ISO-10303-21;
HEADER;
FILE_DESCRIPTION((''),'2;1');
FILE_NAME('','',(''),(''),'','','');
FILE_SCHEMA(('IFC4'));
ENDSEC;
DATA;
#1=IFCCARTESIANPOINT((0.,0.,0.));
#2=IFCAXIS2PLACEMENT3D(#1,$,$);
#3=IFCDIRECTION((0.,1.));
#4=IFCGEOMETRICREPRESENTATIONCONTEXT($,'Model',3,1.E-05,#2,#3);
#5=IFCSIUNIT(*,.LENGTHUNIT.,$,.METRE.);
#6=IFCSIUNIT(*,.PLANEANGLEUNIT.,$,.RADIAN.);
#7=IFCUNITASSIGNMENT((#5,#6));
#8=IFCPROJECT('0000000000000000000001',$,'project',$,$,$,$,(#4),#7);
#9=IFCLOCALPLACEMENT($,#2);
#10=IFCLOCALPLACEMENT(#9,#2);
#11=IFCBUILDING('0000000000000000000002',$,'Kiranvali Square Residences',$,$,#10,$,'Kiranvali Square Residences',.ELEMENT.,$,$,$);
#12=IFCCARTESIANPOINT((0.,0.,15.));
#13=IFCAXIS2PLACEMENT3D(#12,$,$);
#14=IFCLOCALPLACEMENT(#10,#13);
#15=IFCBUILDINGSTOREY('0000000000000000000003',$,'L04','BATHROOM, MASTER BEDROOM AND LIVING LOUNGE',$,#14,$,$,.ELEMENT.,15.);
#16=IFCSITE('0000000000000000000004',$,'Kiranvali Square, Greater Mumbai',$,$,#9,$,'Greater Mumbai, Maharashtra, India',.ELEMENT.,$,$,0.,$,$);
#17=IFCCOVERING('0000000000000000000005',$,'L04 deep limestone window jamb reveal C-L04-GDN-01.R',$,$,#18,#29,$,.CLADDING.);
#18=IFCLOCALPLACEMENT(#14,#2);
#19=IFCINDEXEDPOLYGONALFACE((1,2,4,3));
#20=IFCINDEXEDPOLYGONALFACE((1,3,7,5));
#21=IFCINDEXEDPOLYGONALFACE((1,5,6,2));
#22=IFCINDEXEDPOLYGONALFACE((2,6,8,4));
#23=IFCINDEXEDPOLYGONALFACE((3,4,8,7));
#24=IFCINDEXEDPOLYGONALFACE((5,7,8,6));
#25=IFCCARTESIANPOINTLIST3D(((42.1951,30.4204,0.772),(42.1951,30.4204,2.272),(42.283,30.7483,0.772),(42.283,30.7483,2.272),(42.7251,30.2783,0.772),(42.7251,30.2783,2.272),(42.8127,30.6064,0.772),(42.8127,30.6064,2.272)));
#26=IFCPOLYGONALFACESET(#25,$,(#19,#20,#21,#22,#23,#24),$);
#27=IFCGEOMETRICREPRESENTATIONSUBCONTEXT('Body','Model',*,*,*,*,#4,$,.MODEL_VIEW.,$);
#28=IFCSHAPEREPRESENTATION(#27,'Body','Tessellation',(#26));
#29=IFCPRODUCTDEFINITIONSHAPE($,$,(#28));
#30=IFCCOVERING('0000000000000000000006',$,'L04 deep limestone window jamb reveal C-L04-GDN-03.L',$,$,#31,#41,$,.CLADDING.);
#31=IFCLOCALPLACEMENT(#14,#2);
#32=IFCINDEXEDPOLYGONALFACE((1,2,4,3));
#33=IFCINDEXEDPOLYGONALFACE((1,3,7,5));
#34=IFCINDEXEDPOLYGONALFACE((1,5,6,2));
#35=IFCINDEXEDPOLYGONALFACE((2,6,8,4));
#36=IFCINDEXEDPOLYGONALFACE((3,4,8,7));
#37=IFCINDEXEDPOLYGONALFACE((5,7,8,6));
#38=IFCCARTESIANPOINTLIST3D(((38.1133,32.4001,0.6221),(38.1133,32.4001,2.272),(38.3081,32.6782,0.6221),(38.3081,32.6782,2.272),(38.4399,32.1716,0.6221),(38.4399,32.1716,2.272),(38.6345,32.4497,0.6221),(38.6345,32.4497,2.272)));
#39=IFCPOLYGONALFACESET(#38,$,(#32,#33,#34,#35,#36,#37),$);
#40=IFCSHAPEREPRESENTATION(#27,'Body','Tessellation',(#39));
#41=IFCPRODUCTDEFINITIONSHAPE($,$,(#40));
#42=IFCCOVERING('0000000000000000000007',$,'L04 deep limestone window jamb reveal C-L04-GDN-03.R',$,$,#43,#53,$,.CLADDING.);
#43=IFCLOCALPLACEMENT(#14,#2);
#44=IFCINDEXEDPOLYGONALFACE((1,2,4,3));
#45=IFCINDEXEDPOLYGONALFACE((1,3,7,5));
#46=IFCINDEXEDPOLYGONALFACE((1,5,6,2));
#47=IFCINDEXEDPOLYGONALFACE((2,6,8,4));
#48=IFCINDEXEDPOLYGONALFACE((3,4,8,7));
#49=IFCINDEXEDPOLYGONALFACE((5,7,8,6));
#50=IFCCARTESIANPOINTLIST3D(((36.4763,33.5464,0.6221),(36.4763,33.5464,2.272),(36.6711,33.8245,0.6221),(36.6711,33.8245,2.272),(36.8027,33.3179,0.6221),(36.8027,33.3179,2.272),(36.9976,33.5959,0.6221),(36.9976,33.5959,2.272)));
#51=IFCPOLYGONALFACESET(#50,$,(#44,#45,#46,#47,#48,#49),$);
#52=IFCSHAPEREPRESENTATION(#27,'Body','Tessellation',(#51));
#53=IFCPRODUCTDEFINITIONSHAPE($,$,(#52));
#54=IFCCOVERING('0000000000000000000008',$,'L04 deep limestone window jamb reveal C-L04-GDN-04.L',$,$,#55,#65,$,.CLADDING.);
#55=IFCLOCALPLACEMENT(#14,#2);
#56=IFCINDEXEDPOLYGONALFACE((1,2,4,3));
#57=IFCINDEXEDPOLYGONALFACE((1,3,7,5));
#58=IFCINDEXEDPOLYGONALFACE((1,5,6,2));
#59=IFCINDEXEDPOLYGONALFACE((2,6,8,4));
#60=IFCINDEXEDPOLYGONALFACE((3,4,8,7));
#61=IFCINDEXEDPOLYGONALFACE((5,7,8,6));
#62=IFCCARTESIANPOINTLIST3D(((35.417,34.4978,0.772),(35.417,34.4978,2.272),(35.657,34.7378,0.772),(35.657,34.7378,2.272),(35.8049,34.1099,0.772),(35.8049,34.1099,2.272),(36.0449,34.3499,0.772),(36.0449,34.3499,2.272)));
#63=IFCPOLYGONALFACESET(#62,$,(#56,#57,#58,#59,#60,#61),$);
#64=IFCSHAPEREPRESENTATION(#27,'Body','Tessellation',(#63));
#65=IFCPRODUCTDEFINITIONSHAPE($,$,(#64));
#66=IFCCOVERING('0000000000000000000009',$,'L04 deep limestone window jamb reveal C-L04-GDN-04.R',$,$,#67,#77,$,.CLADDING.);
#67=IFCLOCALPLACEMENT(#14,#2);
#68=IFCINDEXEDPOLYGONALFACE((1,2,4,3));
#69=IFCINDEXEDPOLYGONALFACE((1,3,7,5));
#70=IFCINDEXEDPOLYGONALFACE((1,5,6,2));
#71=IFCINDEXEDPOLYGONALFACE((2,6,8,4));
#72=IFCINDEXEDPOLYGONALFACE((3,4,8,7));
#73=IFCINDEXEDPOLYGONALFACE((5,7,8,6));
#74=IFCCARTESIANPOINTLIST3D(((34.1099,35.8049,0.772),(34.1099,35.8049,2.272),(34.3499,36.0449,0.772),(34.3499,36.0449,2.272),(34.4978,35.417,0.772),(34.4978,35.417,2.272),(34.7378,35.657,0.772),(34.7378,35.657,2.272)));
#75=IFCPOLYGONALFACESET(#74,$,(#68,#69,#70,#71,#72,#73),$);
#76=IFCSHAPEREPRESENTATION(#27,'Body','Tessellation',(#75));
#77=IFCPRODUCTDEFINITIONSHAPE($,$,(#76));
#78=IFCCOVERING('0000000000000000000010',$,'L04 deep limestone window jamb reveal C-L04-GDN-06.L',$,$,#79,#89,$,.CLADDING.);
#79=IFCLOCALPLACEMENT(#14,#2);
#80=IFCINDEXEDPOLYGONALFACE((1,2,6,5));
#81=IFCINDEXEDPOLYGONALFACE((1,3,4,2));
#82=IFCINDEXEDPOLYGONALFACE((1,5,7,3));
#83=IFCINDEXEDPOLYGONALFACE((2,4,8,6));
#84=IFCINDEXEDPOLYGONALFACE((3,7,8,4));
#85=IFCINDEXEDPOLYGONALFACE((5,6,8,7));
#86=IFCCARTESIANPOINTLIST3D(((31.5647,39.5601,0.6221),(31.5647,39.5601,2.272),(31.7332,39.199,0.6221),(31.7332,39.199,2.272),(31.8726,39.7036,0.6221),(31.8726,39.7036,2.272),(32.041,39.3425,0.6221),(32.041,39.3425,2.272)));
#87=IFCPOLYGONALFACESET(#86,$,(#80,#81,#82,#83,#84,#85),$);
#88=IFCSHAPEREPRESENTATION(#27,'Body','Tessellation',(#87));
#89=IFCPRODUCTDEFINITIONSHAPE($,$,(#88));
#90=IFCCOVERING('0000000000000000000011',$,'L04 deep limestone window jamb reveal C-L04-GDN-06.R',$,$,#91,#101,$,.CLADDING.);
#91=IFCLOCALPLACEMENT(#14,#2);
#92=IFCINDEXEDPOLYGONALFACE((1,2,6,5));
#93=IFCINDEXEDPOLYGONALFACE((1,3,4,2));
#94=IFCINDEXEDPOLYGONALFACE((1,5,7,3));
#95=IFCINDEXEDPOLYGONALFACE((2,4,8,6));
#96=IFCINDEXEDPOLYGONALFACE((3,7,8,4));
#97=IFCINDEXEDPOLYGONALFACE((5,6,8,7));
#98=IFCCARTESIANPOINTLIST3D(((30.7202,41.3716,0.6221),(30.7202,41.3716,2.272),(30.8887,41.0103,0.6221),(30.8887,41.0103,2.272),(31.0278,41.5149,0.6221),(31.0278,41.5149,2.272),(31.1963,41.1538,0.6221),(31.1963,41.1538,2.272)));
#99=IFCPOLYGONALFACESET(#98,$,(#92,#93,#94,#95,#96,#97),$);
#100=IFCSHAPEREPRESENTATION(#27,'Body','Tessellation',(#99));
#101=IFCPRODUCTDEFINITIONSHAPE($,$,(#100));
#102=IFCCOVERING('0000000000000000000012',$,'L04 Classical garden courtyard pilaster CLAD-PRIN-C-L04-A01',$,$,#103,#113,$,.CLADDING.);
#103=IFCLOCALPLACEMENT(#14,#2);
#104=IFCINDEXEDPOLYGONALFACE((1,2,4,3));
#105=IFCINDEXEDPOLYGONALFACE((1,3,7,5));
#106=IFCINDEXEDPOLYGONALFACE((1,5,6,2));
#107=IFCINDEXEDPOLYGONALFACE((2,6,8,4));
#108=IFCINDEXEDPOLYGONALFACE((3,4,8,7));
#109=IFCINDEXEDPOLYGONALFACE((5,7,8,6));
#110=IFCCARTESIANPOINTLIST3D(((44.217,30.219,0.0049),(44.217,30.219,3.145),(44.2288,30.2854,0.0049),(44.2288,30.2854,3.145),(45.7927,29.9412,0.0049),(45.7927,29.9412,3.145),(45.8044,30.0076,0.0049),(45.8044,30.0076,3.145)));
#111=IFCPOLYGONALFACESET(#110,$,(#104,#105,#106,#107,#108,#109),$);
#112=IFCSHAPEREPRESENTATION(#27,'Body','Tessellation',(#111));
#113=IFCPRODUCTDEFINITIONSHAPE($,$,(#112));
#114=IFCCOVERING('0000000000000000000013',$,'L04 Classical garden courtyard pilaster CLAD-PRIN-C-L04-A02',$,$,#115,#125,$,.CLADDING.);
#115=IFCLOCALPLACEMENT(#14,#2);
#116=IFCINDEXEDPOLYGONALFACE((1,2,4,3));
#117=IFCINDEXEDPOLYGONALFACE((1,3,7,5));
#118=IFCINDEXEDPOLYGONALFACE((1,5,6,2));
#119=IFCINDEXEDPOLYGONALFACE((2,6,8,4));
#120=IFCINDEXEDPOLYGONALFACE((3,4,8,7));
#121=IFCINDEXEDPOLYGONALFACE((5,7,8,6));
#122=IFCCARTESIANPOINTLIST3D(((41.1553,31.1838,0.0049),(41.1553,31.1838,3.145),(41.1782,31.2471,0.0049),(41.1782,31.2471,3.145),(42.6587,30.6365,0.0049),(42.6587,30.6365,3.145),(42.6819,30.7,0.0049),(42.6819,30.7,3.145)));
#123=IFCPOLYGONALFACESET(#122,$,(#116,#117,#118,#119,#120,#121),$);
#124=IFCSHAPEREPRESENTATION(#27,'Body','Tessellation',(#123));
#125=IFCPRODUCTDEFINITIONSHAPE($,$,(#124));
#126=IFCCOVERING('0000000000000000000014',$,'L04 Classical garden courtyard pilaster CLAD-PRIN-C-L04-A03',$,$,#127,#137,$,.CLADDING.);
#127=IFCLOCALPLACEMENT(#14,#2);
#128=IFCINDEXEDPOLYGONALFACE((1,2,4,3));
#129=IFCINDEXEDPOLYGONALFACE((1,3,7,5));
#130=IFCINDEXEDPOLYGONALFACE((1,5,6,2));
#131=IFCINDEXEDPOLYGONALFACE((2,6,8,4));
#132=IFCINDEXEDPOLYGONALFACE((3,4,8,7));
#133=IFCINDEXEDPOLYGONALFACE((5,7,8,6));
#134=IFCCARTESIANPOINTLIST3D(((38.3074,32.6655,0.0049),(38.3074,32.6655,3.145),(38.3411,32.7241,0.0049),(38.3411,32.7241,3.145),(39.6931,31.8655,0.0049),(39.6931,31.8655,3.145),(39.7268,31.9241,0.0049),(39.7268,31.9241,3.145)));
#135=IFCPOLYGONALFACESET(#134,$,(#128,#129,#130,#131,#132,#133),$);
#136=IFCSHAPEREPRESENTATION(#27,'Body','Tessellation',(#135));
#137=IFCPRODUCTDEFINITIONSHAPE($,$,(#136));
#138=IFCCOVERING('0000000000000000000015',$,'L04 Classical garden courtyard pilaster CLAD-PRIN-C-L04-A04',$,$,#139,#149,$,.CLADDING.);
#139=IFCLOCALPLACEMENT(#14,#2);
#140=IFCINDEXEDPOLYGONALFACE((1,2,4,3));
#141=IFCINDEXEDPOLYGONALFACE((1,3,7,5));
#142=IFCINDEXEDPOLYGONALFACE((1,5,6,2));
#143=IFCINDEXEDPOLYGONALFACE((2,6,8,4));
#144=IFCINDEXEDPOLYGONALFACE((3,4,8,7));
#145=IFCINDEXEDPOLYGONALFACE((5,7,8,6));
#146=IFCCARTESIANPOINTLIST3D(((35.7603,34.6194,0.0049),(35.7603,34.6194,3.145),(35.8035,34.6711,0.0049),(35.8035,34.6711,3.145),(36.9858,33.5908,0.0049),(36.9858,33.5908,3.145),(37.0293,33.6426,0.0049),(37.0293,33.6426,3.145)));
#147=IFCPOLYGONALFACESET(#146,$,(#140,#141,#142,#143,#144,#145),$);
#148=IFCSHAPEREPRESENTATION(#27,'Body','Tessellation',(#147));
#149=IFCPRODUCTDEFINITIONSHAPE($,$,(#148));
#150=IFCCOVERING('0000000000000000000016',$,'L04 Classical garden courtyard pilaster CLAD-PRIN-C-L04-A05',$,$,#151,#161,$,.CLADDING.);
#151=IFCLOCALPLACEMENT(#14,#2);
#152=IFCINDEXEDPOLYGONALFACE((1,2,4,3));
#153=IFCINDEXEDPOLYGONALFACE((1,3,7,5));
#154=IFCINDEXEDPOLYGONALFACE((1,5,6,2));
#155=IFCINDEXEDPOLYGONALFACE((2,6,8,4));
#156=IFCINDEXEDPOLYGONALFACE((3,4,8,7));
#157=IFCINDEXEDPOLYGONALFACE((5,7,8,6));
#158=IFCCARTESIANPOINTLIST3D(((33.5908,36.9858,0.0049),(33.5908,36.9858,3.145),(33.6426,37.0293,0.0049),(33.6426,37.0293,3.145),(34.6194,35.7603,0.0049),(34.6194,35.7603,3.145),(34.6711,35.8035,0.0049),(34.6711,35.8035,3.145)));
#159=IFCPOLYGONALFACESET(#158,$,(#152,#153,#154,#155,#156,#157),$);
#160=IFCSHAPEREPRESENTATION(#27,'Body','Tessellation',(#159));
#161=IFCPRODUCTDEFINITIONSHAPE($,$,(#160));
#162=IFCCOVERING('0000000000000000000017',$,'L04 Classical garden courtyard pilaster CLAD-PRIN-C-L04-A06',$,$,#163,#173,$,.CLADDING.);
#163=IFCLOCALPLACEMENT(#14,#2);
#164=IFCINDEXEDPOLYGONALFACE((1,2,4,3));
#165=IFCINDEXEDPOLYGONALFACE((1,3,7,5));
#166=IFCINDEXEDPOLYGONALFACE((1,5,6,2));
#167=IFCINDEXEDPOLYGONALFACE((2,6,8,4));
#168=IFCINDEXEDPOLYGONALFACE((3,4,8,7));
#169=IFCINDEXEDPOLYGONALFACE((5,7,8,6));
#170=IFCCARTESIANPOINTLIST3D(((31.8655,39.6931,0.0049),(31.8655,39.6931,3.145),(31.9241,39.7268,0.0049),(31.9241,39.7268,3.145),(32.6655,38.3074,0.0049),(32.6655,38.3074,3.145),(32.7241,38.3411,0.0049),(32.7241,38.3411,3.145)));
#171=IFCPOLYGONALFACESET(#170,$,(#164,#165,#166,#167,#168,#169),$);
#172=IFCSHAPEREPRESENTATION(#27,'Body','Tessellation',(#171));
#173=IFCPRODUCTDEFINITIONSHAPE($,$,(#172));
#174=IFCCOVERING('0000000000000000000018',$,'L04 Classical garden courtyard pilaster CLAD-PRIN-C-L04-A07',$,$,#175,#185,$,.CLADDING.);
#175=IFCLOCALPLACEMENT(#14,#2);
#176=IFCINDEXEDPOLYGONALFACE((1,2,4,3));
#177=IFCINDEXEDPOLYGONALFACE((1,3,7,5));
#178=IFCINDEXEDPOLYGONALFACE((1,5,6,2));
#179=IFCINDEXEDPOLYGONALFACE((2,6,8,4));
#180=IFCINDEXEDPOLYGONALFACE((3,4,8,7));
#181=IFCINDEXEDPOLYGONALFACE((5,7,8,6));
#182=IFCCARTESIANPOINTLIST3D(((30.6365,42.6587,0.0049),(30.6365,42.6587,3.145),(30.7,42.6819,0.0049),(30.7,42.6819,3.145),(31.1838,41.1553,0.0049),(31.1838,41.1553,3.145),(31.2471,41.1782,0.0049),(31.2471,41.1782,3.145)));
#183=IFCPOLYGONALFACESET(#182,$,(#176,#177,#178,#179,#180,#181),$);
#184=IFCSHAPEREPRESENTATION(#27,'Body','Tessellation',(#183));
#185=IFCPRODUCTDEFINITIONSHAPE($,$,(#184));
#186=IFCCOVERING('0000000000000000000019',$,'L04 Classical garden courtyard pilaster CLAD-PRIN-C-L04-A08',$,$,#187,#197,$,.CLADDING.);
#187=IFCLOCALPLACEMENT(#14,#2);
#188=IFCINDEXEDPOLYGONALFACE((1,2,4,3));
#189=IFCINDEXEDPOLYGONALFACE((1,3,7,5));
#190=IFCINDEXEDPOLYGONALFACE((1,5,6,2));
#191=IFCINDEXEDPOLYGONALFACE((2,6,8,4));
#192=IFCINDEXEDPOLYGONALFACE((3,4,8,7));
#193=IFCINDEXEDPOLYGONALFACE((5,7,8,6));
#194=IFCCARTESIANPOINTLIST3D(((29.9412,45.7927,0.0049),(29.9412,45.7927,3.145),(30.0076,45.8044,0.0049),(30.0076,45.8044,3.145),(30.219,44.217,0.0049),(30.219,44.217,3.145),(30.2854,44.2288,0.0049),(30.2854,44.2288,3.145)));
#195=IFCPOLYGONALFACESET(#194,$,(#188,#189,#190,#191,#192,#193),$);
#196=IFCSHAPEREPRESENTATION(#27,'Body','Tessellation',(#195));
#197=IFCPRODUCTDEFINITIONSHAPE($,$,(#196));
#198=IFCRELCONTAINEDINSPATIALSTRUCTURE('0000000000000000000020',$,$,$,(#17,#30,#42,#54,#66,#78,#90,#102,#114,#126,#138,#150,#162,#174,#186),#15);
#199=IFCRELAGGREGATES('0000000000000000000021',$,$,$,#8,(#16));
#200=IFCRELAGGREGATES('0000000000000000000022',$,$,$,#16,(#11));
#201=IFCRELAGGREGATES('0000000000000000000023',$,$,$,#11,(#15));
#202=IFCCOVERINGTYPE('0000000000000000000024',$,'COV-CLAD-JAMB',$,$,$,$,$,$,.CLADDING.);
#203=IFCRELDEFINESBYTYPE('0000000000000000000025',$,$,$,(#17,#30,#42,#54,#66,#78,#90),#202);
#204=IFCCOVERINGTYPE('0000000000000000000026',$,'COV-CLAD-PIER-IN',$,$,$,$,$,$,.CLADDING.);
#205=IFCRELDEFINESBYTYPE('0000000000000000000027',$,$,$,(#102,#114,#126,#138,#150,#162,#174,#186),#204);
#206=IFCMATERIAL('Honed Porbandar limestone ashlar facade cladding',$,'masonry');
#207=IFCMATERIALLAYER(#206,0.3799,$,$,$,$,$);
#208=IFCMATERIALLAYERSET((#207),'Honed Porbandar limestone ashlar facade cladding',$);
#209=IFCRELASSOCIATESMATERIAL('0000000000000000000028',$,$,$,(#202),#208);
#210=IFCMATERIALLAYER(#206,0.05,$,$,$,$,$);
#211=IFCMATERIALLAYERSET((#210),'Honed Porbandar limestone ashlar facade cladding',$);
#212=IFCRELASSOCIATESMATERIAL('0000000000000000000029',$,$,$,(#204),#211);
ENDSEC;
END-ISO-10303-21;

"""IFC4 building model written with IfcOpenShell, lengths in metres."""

from ifc_helpers import new_model, si_unit, direction, frame, origin, place, context, subcontext, project, spatial, polyline, outline, extrude, material, layer, layer_set, type_object, element, save


model = new_model("IFC4")

# Units and contexts
model_context = context("Model", 3, precision=1e-05, world=origin(), true_north=direction((0.0, 1.0)))
body_context = subcontext(model_context, "Body", "Model", "MODEL_VIEW")
ifc_project = project(units=[si_unit("LENGTHUNIT", "METRE"), si_unit("PLANEANGLEUNIT", "RADIAN")], contexts=[model_context])

# Site, building, storey
site_placement = place(None, origin())
site = spatial("IfcSite", under=ifc_project, at=site_placement, Name="Kiranvali Square, Greater Mumbai", LongName="Greater Mumbai, Maharashtra, India", CompositionType="ELEMENT", RefElevation=0.0)
building_placement = place(site_placement, origin())
building = spatial("IfcBuilding", under=site, at=building_placement, Name="Kiranvali Square Residences", LongName="Kiranvali Square Residences", CompositionType="ELEMENT")
storey_placement = place(building_placement, frame((0.0, 0.0, 15.0)))
storey = spatial("IfcBuildingStorey", under=building, at=storey_placement, Name="L04", Description="BATHROOM, MASTER BEDROOM AND LIVING LOUNGE", CompositionType="ELEMENT", Elevation=15.0)

# Coverings
ifc_material = material(Name="Honed Porbandar limestone ashlar facade cladding", Category="masonry")
ifc_layer_1 = layer(ifc_material, 0.3799)
ifc_layer_set_1 = layer_set([ifc_layer_1], Name="Honed Porbandar limestone ashlar facade cladding")
covering_type_1 = type_object("IfcCoveringType", Name="COV-CLAD-JAMB", PredefinedType="CLADDING", material=ifc_layer_set_1)
covering_1_placement = place(storey_placement, frame((0.0, 0.0, 0.772)))
element("IfcCovering", 1, at=covering_1_placement, inside=storey, type_object=covering_type_1, Name="L04 deep limestone window jamb reveal C-L04-GDN-01.R", PredefinedType="CLADDING", context=body_context, shape_type="SweptSolid", body=[
    extrude(outline(polyline([(42.8127, 30.6064), (42.283, 30.7483), (42.1951, 30.4204), (42.7251, 30.2783), (42.8127, 30.6064)])), origin(), (0.0, 0.0, 1.0), 1.5),
])
covering_2_placement = place(storey_placement, frame((0.0, 0.0, 0.6221)))
element("IfcCovering", 2, at=covering_2_placement, inside=storey, type_object=covering_type_1, Name="L04 deep limestone window jamb reveal C-L04-GDN-03.L", PredefinedType="CLADDING", context=body_context, shape_type="SweptSolid", body=[
    extrude(outline(polyline([(38.6345, 32.4497), (38.3081, 32.6782), (38.1133, 32.4001), (38.4399, 32.1716), (38.6345, 32.4497)])), origin(), (0.0, 0.0, 1.0), 1.6499),
])
covering_3_placement = place(storey_placement, frame((0.0, 0.0, 0.6221)))
element("IfcCovering", 3, at=covering_3_placement, inside=storey, type_object=covering_type_1, Name="L04 deep limestone window jamb reveal C-L04-GDN-03.R", PredefinedType="CLADDING", context=body_context, shape_type="SweptSolid", body=[
    extrude(outline(polyline([(36.9976, 33.5959), (36.6711, 33.8245), (36.4763, 33.5464), (36.8027, 33.3179), (36.9976, 33.5959)])), origin(), (0.0, 0.0, 1.0), 1.6499),
])
covering_4_placement = place(storey_placement, frame((0.0, 0.0, 0.772)))
element("IfcCovering", 4, at=covering_4_placement, inside=storey, type_object=covering_type_1, Name="L04 deep limestone window jamb reveal C-L04-GDN-04.L", PredefinedType="CLADDING", context=body_context, shape_type="SweptSolid", body=[
    extrude(outline(polyline([(36.0449, 34.3499), (35.657, 34.7378), (35.417, 34.4978), (35.8049, 34.1099), (36.0449, 34.3499)])), origin(), (0.0, 0.0, 1.0), 1.5),
])
covering_5_placement = place(storey_placement, frame((0.0, 0.0, 0.772)))
element("IfcCovering", 5, at=covering_5_placement, inside=storey, type_object=covering_type_1, Name="L04 deep limestone window jamb reveal C-L04-GDN-04.R", PredefinedType="CLADDING", context=body_context, shape_type="SweptSolid", body=[
    extrude(outline(polyline([(34.7378, 35.657), (34.3499, 36.0449), (34.1099, 35.8049), (34.4978, 35.417), (34.7378, 35.657)])), origin(), (0.0, 0.0, 1.0), 1.5),
])
covering_6_placement = place(storey_placement, frame((0.0, 0.0, 0.6221)))
element("IfcCovering", 6, at=covering_6_placement, inside=storey, type_object=covering_type_1, Name="L04 deep limestone window jamb reveal C-L04-GDN-06.L", PredefinedType="CLADDING", context=body_context, shape_type="SweptSolid", body=[
    extrude(outline(polyline([(32.041, 39.3425), (31.8726, 39.7036), (31.5647, 39.5601), (31.7332, 39.199), (32.041, 39.3425)])), origin(), (0.0, 0.0, 1.0), 1.6499),
])
covering_7_placement = place(storey_placement, frame((0.0, 0.0, 0.6221)))
element("IfcCovering", 7, at=covering_7_placement, inside=storey, type_object=covering_type_1, Name="L04 deep limestone window jamb reveal C-L04-GDN-06.R", PredefinedType="CLADDING", context=body_context, shape_type="SweptSolid", body=[
    extrude(outline(polyline([(31.1963, 41.1538), (31.0278, 41.5149), (30.7202, 41.3716), (30.8887, 41.0103), (31.1963, 41.1538)])), origin(), (0.0, 0.0, 1.0), 1.6499),
])
ifc_layer_2 = layer(ifc_material, 0.05)
ifc_layer_set_2 = layer_set([ifc_layer_2], Name="Honed Porbandar limestone ashlar facade cladding")
covering_type_2 = type_object("IfcCoveringType", Name="COV-CLAD-PIER-IN", PredefinedType="CLADDING", material=ifc_layer_set_2)
covering_8_placement = place(storey_placement, frame((0.0, 0.0, 0.0049)))
element("IfcCovering", 8, at=covering_8_placement, inside=storey, type_object=covering_type_2, Name="L04 Classical garden courtyard pilaster CLAD-PRIN-C-L04-A01", PredefinedType="CLADDING", context=body_context, shape_type="SweptSolid", body=[
    extrude(outline(polyline([(45.8044, 30.0076), (44.2288, 30.2854), (44.217, 30.219), (45.7927, 29.9412), (45.8044, 30.0076)])), origin(), (0.0, 0.0, 1.0), 3.1401),
])
covering_9_placement = place(storey_placement, frame((0.0, 0.0, 0.0049)))
element("IfcCovering", 9, at=covering_9_placement, inside=storey, type_object=covering_type_2, Name="L04 Classical garden courtyard pilaster CLAD-PRIN-C-L04-A02", PredefinedType="CLADDING", context=body_context, shape_type="SweptSolid", body=[
    extrude(outline(polyline([(42.6819, 30.7), (41.1782, 31.2471), (41.1553, 31.1838), (42.6587, 30.6365), (42.6819, 30.7)])), origin(), (0.0, 0.0, 1.0), 3.1401),
])
covering_10_placement = place(storey_placement, frame((0.0, 0.0, 0.0049)))
element("IfcCovering", 10, at=covering_10_placement, inside=storey, type_object=covering_type_2, Name="L04 Classical garden courtyard pilaster CLAD-PRIN-C-L04-A03", PredefinedType="CLADDING", context=body_context, shape_type="SweptSolid", body=[
    extrude(outline(polyline([(39.7268, 31.9241), (38.3411, 32.7241), (38.3074, 32.6655), (39.6931, 31.8655), (39.7268, 31.9241)])), origin(), (0.0, 0.0, 1.0), 3.1401),
])
covering_11_placement = place(storey_placement, frame((0.0, 0.0, 0.0049)))
element("IfcCovering", 11, at=covering_11_placement, inside=storey, type_object=covering_type_2, Name="L04 Classical garden courtyard pilaster CLAD-PRIN-C-L04-A04", PredefinedType="CLADDING", context=body_context, shape_type="SweptSolid", body=[
    extrude(outline(polyline([(37.0293, 33.6426), (35.8035, 34.6711), (35.7603, 34.6194), (36.9858, 33.5908), (37.0293, 33.6426)])), origin(), (0.0, 0.0, 1.0), 3.1401),
])
covering_12_placement = place(storey_placement, frame((0.0, 0.0, 0.0049)))
element("IfcCovering", 12, at=covering_12_placement, inside=storey, type_object=covering_type_2, Name="L04 Classical garden courtyard pilaster CLAD-PRIN-C-L04-A05", PredefinedType="CLADDING", context=body_context, shape_type="SweptSolid", body=[
    extrude(outline(polyline([(34.6711, 35.8035), (33.6426, 37.0293), (33.5908, 36.9858), (34.6194, 35.7603), (34.6711, 35.8035)])), origin(), (0.0, 0.0, 1.0), 3.1401),
])
covering_13_placement = place(storey_placement, frame((0.0, 0.0, 0.0049)))
element("IfcCovering", 13, at=covering_13_placement, inside=storey, type_object=covering_type_2, Name="L04 Classical garden courtyard pilaster CLAD-PRIN-C-L04-A06", PredefinedType="CLADDING", context=body_context, shape_type="SweptSolid", body=[
    extrude(outline(polyline([(32.7241, 38.3411), (31.9241, 39.7268), (31.8655, 39.6931), (32.6655, 38.3074), (32.7241, 38.3411)])), origin(), (0.0, 0.0, 1.0), 3.1401),
])
covering_14_placement = place(storey_placement, frame((0.0, 0.0, 0.0049)))
element("IfcCovering", 14, at=covering_14_placement, inside=storey, type_object=covering_type_2, Name="L04 Classical garden courtyard pilaster CLAD-PRIN-C-L04-A07", PredefinedType="CLADDING", context=body_context, shape_type="SweptSolid", body=[
    extrude(outline(polyline([(31.2471, 41.1782), (30.7, 42.6819), (30.6365, 42.6587), (31.1838, 41.1553), (31.2471, 41.1782)])), origin(), (0.0, 0.0, 1.0), 3.1401),
])
covering_15_placement = place(storey_placement, frame((0.0, 0.0, 0.0049)))
element("IfcCovering", 15, at=covering_15_placement, inside=storey, type_object=covering_type_2, Name="L04 Classical garden courtyard pilaster CLAD-PRIN-C-L04-A08", PredefinedType="CLADDING", context=body_context, shape_type="SweptSolid", body=[
    extrude(outline(polyline([(30.2854, 44.2288), (30.0076, 45.8044), (29.9412, 45.7927), (30.219, 44.217), (30.2854, 44.2288)])), origin(), (0.0, 0.0, 1.0), 3.1401),
])

save(model, "model.ifc")
